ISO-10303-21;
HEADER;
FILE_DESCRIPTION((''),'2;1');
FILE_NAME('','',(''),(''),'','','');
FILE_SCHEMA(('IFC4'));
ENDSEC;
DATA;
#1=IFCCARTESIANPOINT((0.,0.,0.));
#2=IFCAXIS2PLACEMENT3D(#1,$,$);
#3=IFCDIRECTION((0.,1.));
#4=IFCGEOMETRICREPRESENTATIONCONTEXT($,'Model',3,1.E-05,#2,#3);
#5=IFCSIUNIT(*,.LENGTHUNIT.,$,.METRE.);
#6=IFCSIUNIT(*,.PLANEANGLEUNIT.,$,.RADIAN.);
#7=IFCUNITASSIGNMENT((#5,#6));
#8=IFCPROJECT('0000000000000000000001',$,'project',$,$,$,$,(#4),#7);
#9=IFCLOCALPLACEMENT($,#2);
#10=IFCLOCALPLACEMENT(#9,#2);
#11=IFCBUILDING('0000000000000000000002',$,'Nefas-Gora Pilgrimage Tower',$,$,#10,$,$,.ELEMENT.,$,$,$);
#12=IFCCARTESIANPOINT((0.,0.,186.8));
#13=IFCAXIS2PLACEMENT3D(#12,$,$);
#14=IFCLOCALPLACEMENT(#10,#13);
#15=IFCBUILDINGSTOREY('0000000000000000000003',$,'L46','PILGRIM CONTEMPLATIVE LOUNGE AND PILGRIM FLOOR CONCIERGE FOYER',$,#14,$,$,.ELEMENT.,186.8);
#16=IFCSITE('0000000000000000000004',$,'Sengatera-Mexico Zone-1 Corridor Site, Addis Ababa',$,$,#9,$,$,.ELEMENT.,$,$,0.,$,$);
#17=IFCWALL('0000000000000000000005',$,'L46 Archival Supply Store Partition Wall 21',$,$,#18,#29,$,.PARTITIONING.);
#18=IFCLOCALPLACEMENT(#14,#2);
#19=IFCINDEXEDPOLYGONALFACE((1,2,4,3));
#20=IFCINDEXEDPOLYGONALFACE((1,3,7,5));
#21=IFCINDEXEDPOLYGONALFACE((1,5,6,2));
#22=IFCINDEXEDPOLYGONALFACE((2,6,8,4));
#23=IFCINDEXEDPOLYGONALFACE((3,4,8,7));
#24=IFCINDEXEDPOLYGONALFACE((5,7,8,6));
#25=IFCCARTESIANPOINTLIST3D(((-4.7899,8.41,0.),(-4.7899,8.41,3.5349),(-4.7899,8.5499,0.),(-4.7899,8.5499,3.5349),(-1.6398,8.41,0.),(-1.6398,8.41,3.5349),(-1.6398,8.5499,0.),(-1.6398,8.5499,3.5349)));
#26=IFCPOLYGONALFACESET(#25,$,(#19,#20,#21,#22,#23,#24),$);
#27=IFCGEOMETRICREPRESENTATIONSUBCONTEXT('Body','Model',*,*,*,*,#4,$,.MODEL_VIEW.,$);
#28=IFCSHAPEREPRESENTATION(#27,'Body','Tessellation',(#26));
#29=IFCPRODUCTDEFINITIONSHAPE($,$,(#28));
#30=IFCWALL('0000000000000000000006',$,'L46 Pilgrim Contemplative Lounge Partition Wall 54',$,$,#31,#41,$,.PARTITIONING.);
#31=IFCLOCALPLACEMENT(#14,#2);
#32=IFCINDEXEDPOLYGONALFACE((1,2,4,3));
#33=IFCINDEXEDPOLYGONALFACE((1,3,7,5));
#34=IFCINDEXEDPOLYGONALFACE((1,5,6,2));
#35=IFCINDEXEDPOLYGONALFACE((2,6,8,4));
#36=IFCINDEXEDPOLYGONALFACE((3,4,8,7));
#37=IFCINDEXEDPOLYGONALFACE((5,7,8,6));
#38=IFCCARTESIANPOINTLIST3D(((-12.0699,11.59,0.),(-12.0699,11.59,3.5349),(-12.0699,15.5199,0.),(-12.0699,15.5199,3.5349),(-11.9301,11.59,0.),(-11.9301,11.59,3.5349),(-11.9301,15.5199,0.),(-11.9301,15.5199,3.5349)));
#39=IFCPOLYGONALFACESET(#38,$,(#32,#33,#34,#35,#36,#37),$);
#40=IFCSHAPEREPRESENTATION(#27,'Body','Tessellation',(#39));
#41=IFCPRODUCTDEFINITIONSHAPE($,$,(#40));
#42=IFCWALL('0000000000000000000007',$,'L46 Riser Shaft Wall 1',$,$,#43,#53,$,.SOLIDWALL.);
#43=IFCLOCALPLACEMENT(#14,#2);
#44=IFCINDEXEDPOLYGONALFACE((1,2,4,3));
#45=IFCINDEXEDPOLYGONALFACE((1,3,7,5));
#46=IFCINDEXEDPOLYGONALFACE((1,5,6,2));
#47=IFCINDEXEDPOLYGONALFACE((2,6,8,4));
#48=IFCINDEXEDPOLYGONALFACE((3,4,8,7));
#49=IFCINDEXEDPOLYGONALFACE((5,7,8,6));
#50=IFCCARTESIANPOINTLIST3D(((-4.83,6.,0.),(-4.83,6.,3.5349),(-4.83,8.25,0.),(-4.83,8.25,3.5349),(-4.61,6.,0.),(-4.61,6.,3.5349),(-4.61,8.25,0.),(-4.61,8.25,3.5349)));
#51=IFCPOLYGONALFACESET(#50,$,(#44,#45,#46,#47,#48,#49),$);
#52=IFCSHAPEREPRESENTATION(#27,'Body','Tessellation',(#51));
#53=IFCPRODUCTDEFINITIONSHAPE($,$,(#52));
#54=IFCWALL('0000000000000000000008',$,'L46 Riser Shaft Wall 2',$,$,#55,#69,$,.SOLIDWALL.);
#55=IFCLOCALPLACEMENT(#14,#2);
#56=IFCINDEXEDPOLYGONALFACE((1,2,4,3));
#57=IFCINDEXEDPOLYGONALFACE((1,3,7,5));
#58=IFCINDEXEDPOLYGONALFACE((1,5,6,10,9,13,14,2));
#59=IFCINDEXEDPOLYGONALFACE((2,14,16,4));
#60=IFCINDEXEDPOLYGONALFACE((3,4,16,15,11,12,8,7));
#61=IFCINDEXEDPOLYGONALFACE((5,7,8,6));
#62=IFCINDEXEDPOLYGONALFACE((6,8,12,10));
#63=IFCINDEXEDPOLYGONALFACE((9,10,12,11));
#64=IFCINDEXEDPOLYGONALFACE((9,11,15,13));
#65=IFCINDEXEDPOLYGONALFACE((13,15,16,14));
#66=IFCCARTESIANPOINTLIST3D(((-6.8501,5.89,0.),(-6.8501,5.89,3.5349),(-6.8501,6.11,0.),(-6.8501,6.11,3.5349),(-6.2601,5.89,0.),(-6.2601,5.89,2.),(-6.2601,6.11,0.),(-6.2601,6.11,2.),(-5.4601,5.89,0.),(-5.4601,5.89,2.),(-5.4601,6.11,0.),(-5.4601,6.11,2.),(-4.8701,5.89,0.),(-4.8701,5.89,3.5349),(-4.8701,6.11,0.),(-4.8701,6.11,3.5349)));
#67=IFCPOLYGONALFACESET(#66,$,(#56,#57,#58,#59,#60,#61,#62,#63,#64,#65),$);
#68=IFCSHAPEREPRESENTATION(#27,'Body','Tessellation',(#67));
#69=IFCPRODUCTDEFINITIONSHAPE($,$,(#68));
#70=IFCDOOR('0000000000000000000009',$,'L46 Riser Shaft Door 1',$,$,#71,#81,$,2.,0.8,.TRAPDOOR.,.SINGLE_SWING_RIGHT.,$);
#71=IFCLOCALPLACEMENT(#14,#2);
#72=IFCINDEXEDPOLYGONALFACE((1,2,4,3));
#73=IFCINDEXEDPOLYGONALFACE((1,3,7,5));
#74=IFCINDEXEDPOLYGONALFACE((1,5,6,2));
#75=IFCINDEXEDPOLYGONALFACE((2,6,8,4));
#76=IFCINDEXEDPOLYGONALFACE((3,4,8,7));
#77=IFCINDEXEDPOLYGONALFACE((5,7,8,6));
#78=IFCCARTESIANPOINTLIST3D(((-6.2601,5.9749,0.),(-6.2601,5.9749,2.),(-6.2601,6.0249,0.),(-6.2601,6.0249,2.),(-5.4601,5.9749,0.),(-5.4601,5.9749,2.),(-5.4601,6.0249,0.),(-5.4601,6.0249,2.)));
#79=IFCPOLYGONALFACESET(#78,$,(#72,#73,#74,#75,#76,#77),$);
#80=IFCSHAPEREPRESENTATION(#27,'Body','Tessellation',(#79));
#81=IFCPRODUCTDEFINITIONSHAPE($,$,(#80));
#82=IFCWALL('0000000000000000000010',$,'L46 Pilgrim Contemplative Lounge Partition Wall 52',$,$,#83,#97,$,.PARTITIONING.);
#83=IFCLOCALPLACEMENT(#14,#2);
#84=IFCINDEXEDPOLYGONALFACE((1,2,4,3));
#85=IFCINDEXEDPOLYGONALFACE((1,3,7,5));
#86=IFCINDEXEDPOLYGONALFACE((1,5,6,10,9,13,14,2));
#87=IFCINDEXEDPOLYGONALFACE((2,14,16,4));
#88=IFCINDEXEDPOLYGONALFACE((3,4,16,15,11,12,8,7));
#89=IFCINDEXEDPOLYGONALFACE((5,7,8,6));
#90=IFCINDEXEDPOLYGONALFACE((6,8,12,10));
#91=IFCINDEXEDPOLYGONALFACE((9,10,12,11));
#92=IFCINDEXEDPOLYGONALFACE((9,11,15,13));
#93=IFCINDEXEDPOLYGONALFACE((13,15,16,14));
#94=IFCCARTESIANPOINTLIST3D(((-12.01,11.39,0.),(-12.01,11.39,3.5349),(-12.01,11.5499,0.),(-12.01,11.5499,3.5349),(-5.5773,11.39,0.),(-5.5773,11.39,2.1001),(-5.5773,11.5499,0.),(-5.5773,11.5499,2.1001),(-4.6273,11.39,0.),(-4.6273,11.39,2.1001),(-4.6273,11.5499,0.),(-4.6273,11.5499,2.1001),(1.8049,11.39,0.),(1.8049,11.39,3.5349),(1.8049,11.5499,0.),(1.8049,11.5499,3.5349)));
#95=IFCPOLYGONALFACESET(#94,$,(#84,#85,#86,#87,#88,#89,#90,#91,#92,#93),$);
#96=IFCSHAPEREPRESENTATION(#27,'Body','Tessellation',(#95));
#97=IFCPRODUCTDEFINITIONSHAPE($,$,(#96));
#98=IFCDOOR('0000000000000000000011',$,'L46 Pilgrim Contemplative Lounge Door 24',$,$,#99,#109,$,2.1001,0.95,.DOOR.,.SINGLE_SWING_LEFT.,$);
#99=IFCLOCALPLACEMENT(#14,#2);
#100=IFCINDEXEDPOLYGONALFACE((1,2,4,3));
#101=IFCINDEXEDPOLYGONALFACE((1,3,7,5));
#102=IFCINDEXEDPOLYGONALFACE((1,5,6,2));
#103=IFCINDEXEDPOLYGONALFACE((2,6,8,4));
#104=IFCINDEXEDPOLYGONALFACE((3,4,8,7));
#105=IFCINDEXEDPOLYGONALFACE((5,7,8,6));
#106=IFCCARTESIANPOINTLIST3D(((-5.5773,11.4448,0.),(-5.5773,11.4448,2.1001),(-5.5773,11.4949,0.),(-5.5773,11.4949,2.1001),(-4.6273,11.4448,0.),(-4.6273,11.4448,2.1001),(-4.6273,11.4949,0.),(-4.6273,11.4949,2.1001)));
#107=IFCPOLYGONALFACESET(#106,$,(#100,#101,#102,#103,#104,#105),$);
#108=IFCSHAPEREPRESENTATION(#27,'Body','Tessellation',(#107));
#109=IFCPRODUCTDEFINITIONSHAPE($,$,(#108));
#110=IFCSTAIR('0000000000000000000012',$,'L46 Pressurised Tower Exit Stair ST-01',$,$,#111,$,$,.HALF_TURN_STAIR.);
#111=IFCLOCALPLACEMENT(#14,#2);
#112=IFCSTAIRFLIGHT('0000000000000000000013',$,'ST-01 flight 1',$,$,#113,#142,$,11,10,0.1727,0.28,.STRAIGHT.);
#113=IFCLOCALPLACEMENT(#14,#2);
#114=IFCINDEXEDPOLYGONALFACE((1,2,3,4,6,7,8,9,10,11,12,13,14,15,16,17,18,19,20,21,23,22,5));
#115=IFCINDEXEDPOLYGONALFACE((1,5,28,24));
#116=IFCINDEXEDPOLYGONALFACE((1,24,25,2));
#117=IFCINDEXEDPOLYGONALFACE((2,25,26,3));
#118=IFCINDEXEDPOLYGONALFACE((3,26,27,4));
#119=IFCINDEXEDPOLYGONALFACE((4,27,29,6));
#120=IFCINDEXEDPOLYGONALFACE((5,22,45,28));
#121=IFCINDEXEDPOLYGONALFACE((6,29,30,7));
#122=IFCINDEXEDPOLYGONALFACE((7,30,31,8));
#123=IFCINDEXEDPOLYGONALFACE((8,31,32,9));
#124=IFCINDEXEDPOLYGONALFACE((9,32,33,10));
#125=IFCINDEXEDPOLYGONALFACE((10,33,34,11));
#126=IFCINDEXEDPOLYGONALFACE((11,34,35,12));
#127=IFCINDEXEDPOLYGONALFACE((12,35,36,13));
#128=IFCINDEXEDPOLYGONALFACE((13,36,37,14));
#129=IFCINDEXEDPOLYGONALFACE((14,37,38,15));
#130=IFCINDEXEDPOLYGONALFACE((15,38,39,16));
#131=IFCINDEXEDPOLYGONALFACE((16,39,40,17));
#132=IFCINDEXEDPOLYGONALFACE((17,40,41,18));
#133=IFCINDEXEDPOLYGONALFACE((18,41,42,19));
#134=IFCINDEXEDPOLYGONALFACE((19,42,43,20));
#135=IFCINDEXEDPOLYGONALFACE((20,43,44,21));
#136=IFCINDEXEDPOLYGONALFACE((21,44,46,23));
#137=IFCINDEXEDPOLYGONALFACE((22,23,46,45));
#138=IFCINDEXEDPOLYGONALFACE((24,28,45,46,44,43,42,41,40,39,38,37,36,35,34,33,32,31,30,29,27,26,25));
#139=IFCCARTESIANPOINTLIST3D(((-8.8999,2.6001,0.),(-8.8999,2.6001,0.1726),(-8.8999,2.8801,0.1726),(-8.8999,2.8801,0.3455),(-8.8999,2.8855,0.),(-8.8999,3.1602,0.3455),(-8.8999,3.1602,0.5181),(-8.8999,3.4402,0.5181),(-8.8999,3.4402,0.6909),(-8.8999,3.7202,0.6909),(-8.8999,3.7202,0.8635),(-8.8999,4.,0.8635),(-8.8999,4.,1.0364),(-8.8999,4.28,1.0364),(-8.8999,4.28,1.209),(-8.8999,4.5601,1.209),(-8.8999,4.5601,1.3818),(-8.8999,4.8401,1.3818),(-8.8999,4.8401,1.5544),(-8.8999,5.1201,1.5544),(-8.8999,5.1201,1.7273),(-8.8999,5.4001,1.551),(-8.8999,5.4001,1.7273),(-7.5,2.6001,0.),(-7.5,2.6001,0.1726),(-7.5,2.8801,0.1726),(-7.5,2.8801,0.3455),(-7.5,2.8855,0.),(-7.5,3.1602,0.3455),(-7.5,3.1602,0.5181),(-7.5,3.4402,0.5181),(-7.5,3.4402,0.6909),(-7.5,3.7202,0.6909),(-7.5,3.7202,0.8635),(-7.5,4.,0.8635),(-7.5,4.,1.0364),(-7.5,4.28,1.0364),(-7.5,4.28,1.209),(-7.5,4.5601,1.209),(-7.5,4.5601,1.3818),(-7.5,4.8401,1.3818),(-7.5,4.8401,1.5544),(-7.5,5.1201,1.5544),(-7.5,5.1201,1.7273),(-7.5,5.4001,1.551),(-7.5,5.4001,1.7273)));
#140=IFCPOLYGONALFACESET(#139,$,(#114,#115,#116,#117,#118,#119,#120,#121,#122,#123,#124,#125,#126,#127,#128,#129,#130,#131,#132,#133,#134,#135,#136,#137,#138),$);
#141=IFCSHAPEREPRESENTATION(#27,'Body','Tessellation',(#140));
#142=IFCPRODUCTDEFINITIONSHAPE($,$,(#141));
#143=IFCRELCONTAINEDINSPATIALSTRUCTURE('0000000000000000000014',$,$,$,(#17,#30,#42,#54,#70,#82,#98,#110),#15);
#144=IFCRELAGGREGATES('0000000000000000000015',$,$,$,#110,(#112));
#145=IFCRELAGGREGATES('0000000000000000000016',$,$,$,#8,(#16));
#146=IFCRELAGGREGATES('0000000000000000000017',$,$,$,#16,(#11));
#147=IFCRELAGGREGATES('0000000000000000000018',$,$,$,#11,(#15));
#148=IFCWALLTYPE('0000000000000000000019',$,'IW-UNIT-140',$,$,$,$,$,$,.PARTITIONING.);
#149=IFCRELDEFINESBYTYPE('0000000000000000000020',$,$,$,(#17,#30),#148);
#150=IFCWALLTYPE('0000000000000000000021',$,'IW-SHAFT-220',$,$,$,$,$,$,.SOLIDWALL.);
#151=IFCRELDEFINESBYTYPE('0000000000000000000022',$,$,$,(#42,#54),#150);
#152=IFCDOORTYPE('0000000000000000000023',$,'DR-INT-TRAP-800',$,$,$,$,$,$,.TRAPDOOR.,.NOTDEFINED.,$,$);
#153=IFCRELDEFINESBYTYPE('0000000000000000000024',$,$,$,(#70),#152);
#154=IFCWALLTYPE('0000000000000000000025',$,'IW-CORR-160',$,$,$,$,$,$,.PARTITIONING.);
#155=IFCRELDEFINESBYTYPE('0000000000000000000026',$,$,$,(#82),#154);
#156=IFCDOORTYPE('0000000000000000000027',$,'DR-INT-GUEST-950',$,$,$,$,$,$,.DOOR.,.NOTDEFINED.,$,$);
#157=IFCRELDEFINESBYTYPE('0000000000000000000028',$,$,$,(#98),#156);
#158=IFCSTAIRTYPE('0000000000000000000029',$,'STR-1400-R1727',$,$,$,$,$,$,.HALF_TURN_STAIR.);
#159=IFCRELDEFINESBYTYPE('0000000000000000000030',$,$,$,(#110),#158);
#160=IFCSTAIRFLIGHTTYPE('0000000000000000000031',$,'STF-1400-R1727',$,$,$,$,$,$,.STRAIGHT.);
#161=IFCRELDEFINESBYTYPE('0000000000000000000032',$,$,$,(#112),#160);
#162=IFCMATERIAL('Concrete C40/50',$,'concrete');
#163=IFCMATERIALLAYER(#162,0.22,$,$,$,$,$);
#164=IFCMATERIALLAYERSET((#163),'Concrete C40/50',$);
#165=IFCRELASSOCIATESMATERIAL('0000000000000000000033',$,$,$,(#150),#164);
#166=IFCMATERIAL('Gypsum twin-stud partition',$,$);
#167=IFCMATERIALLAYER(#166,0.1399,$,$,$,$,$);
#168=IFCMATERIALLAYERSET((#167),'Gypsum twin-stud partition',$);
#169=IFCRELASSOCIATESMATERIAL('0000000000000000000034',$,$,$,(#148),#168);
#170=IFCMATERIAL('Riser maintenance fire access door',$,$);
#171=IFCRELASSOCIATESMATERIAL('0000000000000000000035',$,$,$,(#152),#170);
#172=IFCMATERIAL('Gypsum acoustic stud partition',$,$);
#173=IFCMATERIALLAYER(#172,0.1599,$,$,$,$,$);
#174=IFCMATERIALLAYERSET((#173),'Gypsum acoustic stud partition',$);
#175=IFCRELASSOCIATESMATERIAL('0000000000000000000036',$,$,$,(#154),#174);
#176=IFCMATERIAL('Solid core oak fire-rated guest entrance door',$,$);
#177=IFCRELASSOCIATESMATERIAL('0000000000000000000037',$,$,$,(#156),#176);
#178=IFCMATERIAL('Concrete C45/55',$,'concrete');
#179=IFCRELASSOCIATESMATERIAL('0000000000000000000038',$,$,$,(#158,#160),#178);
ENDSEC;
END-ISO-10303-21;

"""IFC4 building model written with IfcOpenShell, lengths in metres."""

from ifc_helpers import new_model, si_unit, direction, frame, frame_2d, origin, place, context, subcontext, project, spatial, polyline, rectangle, outline, extrude, source, transform, mapped, material, layer, layer_set, type_object, element, fill, aggregate, save


model = new_model("IFC4")

# Units and contexts
model_context = context("Model", 3, precision=1e-05, world=origin(), true_north=direction((0.0, 1.0)))
body_context = subcontext(model_context, "Body", "Model", "MODEL_VIEW")
ifc_project = project(units=[si_unit("LENGTHUNIT", "METRE"), si_unit("PLANEANGLEUNIT", "RADIAN")], contexts=[model_context])

# Site, building, storey
site_placement = place(None, origin())
site = spatial("IfcSite", under=ifc_project, at=site_placement, Name="Sengatera-Mexico Zone-1 Corridor Site, Addis Ababa", CompositionType="ELEMENT", RefElevation=0.0)
building_placement = place(site_placement, origin())
building = spatial("IfcBuilding", under=site, at=building_placement, Name="Nefas-Gora Pilgrimage Tower", CompositionType="ELEMENT")
storey_placement = place(building_placement, frame((0.0, 0.0, 186.8)))
storey = spatial("IfcBuildingStorey", under=building, at=storey_placement, Name="L46", Description="PILGRIM CONTEMPLATIVE LOUNGE AND PILGRIM FLOOR CONCIERGE FOYER", CompositionType="ELEMENT", Elevation=186.8)

# Shared definitions
ifc_material_1 = material(Name="Concrete C45/55", Category="concrete")

# Shared definitions
ifc_material_2 = material(Name="Concrete C40/50", Category="concrete")
ifc_layer_1 = layer(ifc_material_2, 0.22)
ifc_layer_set_1 = layer_set([ifc_layer_1], Name="Concrete C40/50")
wall_type_1 = type_object("IfcWallType", Name="IW-SHAFT-220", PredefinedType="SOLIDWALL", material=ifc_layer_set_1)

# Walls
ifc_material_3 = material(Name="Gypsum twin-stud partition")
ifc_layer_2 = layer(ifc_material_3, 0.1399)
ifc_layer_set_2 = layer_set([ifc_layer_2], Name="Gypsum twin-stud partition")
wall_type_2 = type_object("IfcWallType", Name="IW-UNIT-140", PredefinedType="PARTITIONING", material=ifc_layer_set_2)
shared_shape_1 = source(origin(), body_context, "Body", "SweptSolid", [
    extrude(rectangle(XDim=3.1501, YDim=0.1399, at=frame_2d((1.5752, 0.0))), origin(), (0.0, 0.0, 1.0), 3.5349),
])
wall_1_placement = place(storey_placement, frame((-4.79, 8.48, 0.0), z_axis=(0.0, 0.0, 1.0), x_axis=(1.0, 0.0, 0.0)))
element("IfcWall", 1, at=wall_1_placement, inside=storey, type_object=wall_type_2, Name="L46 Archival Supply Store Partition Wall 21", PredefinedType="PARTITIONING", context=body_context, shape_type="MappedRepresentation", body=[
    mapped(shared_shape_1, transform((0.0, 0.0, 0.0), x_axis=(1.0, 0.0, 0.0), y_axis=(0.0, 1.0, 0.0), z_axis=(0.0, 0.0, 1.0), scale=1.0)),
])
shared_shape_2 = source(origin(), body_context, "Body", "SweptSolid", [
    extrude(rectangle(XDim=3.9299, YDim=0.1399, at=frame_2d((1.9648, 0.0))), origin(), (0.0, 0.0, 1.0), 3.5349),
])
wall_2_placement = place(storey_placement, frame((-12.0, 11.5901, 0.0), z_axis=(0.0, 0.0, 1.0), x_axis=(0.0, 1.0, 0.0)))
element("IfcWall", 2, at=wall_2_placement, inside=storey, type_object=wall_type_2, Name="L46 Pilgrim Contemplative Lounge Partition Wall 54", PredefinedType="PARTITIONING", context=body_context, shape_type="MappedRepresentation", body=[
    mapped(shared_shape_2, transform((0.0, 0.0, 0.0), x_axis=(1.0, 0.0, 0.0), y_axis=(0.0, 1.0, 0.0), z_axis=(0.0, 0.0, 1.0), scale=1.0)),
])
shared_shape_3 = source(origin(), body_context, "Body", "SweptSolid", [
    extrude(rectangle(XDim=2.25, YDim=0.22, at=frame_2d((1.125, 0.0))), origin(), (0.0, 0.0, 1.0), 3.5349),
])
wall_3_placement = place(storey_placement, frame((-4.72, 6.0, 0.0), z_axis=(0.0, 0.0, 1.0), x_axis=(0.0, 1.0, 0.0)))
element("IfcWall", 3, at=wall_3_placement, inside=storey, type_object=wall_type_1, Name="L46 Riser Shaft Wall 1", PredefinedType="SOLIDWALL", context=body_context, shape_type="MappedRepresentation", body=[
    mapped(shared_shape_3, transform((0.0, 0.0, 0.0), x_axis=(1.0, 0.0, 0.0), y_axis=(0.0, 1.0, 0.0), z_axis=(0.0, 0.0, 1.0), scale=1.0)),
])

# Walls, openings, doors
shared_shape_4 = source(origin(), body_context, "Body", "SweptSolid", [
    extrude(rectangle(XDim=1.98, YDim=0.22, at=frame_2d((0.99, 0.0))), origin(), (0.0, 0.0, 1.0), 3.5349),
])
wall_4_placement = place(storey_placement, frame((-6.8501, 6.0, 0.0), z_axis=(0.0, 0.0, 1.0), x_axis=(1.0, 0.0, 0.0)))
wall_4 = element("IfcWall", 4, at=wall_4_placement, inside=storey, type_object=wall_type_1, Name="L46 Riser Shaft Wall 2", PredefinedType="SOLIDWALL", context=body_context, shape_type="MappedRepresentation", body=[
    mapped(shared_shape_4, transform((0.0, 0.0, 0.0), x_axis=(1.0, 0.0, 0.0), y_axis=(0.0, 1.0, 0.0), z_axis=(0.0, 0.0, 1.0), scale=1.0)),
])
opening_1_placement = place(wall_4_placement, frame((0.5901, 0.0, 0.0)))
opening_1 = element("IfcOpeningElement", 5, at=opening_1_placement, cuts=wall_4, PredefinedType="OPENING", context=body_context, shape_type="SweptSolid", body=[
    extrude(rectangle(XDim=0.8, YDim=2.0, at=frame_2d((0.3999, 1.0))), frame((0.0, 0.1199, 0.0), z_axis=(0.0, -1.0, 0.0), x_axis=(1.0, 0.0, 0.0)), (0.0, 0.0, 1.0), 0.24),
])
ifc_material_4 = material(Name="Riser maintenance fire access door")
door_type_1 = type_object("IfcDoorType", Name="DR-INT-TRAP-800", OperationType="NOTDEFINED", PredefinedType="TRAPDOOR", material=ifc_material_4)
shared_shape_5 = source(origin(), body_context, "Body", "SweptSolid", [
    extrude(rectangle(XDim=0.8, YDim=2.0, at=frame_2d((0.3999, 1.0))), frame((0.0, 0.0249, 0.0), z_axis=(0.0, -1.0, 0.0), x_axis=(1.0, 0.0, 0.0)), (0.0, 0.0, 1.0), 0.05),
])
door_1_placement = place(opening_1_placement, origin())
door_1 = element("IfcDoor", 6, at=door_1_placement, inside=storey, type_object=door_type_1, Name="L46 Riser Shaft Door 1", OperationType="SINGLE_SWING_RIGHT", OverallHeight=2.0, OverallWidth=0.8, PredefinedType="TRAPDOOR", context=body_context, shape_type="MappedRepresentation", body=[
    mapped(shared_shape_5, transform((0.0, 0.0, 0.0), x_axis=(1.0, 0.0, 0.0), y_axis=(0.0, 1.0, 0.0), z_axis=(0.0, 0.0, 1.0), scale=1.0)),
])
fill(opening_1, door_1)
ifc_material_5 = material(Name="Gypsum acoustic stud partition")
ifc_layer_3 = layer(ifc_material_5, 0.1599)
ifc_layer_set_3 = layer_set([ifc_layer_3], Name="Gypsum acoustic stud partition")
wall_type_3 = type_object("IfcWallType", Name="IW-CORR-160", PredefinedType="PARTITIONING", material=ifc_layer_set_3)
shared_shape_6 = source(origin(), body_context, "Body", "SweptSolid", [
    extrude(rectangle(XDim=13.8149, YDim=0.1599, at=frame_2d((6.9075, 0.0))), origin(), (0.0, 0.0, 1.0), 3.5349),
])
wall_5_placement = place(storey_placement, frame((-12.01, 11.47, 0.0), z_axis=(0.0, 0.0, 1.0), x_axis=(1.0, 0.0, 0.0)))
wall_5 = element("IfcWall", 7, at=wall_5_placement, inside=storey, type_object=wall_type_3, Name="L46 Pilgrim Contemplative Lounge Partition Wall 52", PredefinedType="PARTITIONING", context=body_context, shape_type="MappedRepresentation", body=[
    mapped(shared_shape_6, transform((0.0, 0.0, 0.0), x_axis=(1.0, 0.0, 0.0), y_axis=(0.0, 1.0, 0.0), z_axis=(0.0, 0.0, 1.0), scale=1.0)),
])
opening_2_placement = place(wall_5_placement, frame((6.4326, 0.0, 0.0)))
opening_2 = element("IfcOpeningElement", 8, at=opening_2_placement, cuts=wall_5, PredefinedType="OPENING", context=body_context, shape_type="SweptSolid", body=[
    extrude(rectangle(XDim=0.95, YDim=2.1001, at=frame_2d((0.4751, 1.05))), frame((0.0, 0.0898, 0.0), z_axis=(0.0, -1.0, 0.0), x_axis=(1.0, 0.0, 0.0)), (0.0, 0.0, 1.0), 0.1799),
])
ifc_material_6 = material(Name="Solid core oak fire-rated guest entrance door")
door_type_2 = type_object("IfcDoorType", Name="DR-INT-GUEST-950", OperationType="NOTDEFINED", PredefinedType="DOOR", material=ifc_material_6)
shared_shape_7 = source(origin(), body_context, "Body", "SweptSolid", [
    extrude(rectangle(XDim=0.95, YDim=2.1001, at=frame_2d((0.4751, 1.05))), frame((0.0, 0.0249, 0.0), z_axis=(0.0, -1.0, 0.0), x_axis=(1.0, 0.0, 0.0)), (0.0, 0.0, 1.0), 0.05),
])
door_2_placement = place(opening_2_placement, origin())
door_2 = element("IfcDoor", 9, at=door_2_placement, inside=storey, type_object=door_type_2, Name="L46 Pilgrim Contemplative Lounge Door 24", OperationType="SINGLE_SWING_LEFT", OverallHeight=2.1001, OverallWidth=0.95, PredefinedType="DOOR", context=body_context, shape_type="MappedRepresentation", body=[
    mapped(shared_shape_7, transform((0.0, 0.0, 0.0), x_axis=(1.0, 0.0, 0.0), y_axis=(0.0, 1.0, 0.0), z_axis=(0.0, 0.0, 1.0), scale=1.0)),
])
fill(opening_2, door_2)

# Stair, stair flight
stair_type = type_object("IfcStairType", Name="STR-1400-R1727", PredefinedType="HALF_TURN_STAIR", material=ifc_material_1)
stair_placement = place(storey_placement, origin())
stair = element("IfcStair", 10, at=stair_placement, inside=storey, type_object=stair_type, Name="L46 Pressurised Tower Exit Stair ST-01", PredefinedType="HALF_TURN_STAIR")
stair_flight_type = type_object("IfcStairFlightType", Name="STF-1400-R1727", PredefinedType="STRAIGHT", material=ifc_material_1)
shared_shape_8 = source(origin(), body_context, "Body", "SweptSolid", [
    extrude(outline(polyline([(0.0, 0.0), (0.0, 0.1726), (0.28, 0.1726), (0.28, 0.3455), (0.5601, 0.3455), (0.5601, 0.5181), (0.8401, 0.5181), (0.8401, 0.6909), (1.1201, 0.6909), (1.1201, 0.8635), (1.3999, 0.8635), (1.3999, 1.0364), (1.6799, 1.0364), (1.6799, 1.209), (1.96, 1.209), (1.96, 1.3818), (2.24, 1.3818), (2.24, 1.5544), (2.52, 1.5544), (2.52, 1.7273), (2.8, 1.7273), (2.8, 1.8999), (2.8, 1.551), (0.2854, 0.0), (0.0, 0.0)])), frame((0.0, 0.7, 0.0), z_axis=(0.0, -1.0, 0.0), x_axis=(1.0, 0.0, 0.0)), (0.0, 0.0, 1.0), 1.3999),
])
stair_flight_1_placement = place(storey_placement, frame((-8.2, 2.6001, 0.0), z_axis=(0.0, 0.0, 1.0), x_axis=(0.0, 1.0, 0.0)))
stair_flight_1 = element("IfcStairFlight", 11, at=stair_flight_1_placement, type_object=stair_flight_type, Name="ST-01 flight 1", NumberOfRisers=11, NumberOfTreads=10, PredefinedType="STRAIGHT", RiserHeight=0.1727, TreadLength=0.28, context=body_context, shape_type="MappedRepresentation", body=[
    mapped(shared_shape_8, transform((0.0, 0.0, 0.0), x_axis=(1.0, 0.0, 0.0), y_axis=(0.0, 1.0, 0.0), z_axis=(0.0, 0.0, 1.0), scale=1.0)),
])
aggregate(stair, [stair_flight_1])

save(model, "model.ifc")
